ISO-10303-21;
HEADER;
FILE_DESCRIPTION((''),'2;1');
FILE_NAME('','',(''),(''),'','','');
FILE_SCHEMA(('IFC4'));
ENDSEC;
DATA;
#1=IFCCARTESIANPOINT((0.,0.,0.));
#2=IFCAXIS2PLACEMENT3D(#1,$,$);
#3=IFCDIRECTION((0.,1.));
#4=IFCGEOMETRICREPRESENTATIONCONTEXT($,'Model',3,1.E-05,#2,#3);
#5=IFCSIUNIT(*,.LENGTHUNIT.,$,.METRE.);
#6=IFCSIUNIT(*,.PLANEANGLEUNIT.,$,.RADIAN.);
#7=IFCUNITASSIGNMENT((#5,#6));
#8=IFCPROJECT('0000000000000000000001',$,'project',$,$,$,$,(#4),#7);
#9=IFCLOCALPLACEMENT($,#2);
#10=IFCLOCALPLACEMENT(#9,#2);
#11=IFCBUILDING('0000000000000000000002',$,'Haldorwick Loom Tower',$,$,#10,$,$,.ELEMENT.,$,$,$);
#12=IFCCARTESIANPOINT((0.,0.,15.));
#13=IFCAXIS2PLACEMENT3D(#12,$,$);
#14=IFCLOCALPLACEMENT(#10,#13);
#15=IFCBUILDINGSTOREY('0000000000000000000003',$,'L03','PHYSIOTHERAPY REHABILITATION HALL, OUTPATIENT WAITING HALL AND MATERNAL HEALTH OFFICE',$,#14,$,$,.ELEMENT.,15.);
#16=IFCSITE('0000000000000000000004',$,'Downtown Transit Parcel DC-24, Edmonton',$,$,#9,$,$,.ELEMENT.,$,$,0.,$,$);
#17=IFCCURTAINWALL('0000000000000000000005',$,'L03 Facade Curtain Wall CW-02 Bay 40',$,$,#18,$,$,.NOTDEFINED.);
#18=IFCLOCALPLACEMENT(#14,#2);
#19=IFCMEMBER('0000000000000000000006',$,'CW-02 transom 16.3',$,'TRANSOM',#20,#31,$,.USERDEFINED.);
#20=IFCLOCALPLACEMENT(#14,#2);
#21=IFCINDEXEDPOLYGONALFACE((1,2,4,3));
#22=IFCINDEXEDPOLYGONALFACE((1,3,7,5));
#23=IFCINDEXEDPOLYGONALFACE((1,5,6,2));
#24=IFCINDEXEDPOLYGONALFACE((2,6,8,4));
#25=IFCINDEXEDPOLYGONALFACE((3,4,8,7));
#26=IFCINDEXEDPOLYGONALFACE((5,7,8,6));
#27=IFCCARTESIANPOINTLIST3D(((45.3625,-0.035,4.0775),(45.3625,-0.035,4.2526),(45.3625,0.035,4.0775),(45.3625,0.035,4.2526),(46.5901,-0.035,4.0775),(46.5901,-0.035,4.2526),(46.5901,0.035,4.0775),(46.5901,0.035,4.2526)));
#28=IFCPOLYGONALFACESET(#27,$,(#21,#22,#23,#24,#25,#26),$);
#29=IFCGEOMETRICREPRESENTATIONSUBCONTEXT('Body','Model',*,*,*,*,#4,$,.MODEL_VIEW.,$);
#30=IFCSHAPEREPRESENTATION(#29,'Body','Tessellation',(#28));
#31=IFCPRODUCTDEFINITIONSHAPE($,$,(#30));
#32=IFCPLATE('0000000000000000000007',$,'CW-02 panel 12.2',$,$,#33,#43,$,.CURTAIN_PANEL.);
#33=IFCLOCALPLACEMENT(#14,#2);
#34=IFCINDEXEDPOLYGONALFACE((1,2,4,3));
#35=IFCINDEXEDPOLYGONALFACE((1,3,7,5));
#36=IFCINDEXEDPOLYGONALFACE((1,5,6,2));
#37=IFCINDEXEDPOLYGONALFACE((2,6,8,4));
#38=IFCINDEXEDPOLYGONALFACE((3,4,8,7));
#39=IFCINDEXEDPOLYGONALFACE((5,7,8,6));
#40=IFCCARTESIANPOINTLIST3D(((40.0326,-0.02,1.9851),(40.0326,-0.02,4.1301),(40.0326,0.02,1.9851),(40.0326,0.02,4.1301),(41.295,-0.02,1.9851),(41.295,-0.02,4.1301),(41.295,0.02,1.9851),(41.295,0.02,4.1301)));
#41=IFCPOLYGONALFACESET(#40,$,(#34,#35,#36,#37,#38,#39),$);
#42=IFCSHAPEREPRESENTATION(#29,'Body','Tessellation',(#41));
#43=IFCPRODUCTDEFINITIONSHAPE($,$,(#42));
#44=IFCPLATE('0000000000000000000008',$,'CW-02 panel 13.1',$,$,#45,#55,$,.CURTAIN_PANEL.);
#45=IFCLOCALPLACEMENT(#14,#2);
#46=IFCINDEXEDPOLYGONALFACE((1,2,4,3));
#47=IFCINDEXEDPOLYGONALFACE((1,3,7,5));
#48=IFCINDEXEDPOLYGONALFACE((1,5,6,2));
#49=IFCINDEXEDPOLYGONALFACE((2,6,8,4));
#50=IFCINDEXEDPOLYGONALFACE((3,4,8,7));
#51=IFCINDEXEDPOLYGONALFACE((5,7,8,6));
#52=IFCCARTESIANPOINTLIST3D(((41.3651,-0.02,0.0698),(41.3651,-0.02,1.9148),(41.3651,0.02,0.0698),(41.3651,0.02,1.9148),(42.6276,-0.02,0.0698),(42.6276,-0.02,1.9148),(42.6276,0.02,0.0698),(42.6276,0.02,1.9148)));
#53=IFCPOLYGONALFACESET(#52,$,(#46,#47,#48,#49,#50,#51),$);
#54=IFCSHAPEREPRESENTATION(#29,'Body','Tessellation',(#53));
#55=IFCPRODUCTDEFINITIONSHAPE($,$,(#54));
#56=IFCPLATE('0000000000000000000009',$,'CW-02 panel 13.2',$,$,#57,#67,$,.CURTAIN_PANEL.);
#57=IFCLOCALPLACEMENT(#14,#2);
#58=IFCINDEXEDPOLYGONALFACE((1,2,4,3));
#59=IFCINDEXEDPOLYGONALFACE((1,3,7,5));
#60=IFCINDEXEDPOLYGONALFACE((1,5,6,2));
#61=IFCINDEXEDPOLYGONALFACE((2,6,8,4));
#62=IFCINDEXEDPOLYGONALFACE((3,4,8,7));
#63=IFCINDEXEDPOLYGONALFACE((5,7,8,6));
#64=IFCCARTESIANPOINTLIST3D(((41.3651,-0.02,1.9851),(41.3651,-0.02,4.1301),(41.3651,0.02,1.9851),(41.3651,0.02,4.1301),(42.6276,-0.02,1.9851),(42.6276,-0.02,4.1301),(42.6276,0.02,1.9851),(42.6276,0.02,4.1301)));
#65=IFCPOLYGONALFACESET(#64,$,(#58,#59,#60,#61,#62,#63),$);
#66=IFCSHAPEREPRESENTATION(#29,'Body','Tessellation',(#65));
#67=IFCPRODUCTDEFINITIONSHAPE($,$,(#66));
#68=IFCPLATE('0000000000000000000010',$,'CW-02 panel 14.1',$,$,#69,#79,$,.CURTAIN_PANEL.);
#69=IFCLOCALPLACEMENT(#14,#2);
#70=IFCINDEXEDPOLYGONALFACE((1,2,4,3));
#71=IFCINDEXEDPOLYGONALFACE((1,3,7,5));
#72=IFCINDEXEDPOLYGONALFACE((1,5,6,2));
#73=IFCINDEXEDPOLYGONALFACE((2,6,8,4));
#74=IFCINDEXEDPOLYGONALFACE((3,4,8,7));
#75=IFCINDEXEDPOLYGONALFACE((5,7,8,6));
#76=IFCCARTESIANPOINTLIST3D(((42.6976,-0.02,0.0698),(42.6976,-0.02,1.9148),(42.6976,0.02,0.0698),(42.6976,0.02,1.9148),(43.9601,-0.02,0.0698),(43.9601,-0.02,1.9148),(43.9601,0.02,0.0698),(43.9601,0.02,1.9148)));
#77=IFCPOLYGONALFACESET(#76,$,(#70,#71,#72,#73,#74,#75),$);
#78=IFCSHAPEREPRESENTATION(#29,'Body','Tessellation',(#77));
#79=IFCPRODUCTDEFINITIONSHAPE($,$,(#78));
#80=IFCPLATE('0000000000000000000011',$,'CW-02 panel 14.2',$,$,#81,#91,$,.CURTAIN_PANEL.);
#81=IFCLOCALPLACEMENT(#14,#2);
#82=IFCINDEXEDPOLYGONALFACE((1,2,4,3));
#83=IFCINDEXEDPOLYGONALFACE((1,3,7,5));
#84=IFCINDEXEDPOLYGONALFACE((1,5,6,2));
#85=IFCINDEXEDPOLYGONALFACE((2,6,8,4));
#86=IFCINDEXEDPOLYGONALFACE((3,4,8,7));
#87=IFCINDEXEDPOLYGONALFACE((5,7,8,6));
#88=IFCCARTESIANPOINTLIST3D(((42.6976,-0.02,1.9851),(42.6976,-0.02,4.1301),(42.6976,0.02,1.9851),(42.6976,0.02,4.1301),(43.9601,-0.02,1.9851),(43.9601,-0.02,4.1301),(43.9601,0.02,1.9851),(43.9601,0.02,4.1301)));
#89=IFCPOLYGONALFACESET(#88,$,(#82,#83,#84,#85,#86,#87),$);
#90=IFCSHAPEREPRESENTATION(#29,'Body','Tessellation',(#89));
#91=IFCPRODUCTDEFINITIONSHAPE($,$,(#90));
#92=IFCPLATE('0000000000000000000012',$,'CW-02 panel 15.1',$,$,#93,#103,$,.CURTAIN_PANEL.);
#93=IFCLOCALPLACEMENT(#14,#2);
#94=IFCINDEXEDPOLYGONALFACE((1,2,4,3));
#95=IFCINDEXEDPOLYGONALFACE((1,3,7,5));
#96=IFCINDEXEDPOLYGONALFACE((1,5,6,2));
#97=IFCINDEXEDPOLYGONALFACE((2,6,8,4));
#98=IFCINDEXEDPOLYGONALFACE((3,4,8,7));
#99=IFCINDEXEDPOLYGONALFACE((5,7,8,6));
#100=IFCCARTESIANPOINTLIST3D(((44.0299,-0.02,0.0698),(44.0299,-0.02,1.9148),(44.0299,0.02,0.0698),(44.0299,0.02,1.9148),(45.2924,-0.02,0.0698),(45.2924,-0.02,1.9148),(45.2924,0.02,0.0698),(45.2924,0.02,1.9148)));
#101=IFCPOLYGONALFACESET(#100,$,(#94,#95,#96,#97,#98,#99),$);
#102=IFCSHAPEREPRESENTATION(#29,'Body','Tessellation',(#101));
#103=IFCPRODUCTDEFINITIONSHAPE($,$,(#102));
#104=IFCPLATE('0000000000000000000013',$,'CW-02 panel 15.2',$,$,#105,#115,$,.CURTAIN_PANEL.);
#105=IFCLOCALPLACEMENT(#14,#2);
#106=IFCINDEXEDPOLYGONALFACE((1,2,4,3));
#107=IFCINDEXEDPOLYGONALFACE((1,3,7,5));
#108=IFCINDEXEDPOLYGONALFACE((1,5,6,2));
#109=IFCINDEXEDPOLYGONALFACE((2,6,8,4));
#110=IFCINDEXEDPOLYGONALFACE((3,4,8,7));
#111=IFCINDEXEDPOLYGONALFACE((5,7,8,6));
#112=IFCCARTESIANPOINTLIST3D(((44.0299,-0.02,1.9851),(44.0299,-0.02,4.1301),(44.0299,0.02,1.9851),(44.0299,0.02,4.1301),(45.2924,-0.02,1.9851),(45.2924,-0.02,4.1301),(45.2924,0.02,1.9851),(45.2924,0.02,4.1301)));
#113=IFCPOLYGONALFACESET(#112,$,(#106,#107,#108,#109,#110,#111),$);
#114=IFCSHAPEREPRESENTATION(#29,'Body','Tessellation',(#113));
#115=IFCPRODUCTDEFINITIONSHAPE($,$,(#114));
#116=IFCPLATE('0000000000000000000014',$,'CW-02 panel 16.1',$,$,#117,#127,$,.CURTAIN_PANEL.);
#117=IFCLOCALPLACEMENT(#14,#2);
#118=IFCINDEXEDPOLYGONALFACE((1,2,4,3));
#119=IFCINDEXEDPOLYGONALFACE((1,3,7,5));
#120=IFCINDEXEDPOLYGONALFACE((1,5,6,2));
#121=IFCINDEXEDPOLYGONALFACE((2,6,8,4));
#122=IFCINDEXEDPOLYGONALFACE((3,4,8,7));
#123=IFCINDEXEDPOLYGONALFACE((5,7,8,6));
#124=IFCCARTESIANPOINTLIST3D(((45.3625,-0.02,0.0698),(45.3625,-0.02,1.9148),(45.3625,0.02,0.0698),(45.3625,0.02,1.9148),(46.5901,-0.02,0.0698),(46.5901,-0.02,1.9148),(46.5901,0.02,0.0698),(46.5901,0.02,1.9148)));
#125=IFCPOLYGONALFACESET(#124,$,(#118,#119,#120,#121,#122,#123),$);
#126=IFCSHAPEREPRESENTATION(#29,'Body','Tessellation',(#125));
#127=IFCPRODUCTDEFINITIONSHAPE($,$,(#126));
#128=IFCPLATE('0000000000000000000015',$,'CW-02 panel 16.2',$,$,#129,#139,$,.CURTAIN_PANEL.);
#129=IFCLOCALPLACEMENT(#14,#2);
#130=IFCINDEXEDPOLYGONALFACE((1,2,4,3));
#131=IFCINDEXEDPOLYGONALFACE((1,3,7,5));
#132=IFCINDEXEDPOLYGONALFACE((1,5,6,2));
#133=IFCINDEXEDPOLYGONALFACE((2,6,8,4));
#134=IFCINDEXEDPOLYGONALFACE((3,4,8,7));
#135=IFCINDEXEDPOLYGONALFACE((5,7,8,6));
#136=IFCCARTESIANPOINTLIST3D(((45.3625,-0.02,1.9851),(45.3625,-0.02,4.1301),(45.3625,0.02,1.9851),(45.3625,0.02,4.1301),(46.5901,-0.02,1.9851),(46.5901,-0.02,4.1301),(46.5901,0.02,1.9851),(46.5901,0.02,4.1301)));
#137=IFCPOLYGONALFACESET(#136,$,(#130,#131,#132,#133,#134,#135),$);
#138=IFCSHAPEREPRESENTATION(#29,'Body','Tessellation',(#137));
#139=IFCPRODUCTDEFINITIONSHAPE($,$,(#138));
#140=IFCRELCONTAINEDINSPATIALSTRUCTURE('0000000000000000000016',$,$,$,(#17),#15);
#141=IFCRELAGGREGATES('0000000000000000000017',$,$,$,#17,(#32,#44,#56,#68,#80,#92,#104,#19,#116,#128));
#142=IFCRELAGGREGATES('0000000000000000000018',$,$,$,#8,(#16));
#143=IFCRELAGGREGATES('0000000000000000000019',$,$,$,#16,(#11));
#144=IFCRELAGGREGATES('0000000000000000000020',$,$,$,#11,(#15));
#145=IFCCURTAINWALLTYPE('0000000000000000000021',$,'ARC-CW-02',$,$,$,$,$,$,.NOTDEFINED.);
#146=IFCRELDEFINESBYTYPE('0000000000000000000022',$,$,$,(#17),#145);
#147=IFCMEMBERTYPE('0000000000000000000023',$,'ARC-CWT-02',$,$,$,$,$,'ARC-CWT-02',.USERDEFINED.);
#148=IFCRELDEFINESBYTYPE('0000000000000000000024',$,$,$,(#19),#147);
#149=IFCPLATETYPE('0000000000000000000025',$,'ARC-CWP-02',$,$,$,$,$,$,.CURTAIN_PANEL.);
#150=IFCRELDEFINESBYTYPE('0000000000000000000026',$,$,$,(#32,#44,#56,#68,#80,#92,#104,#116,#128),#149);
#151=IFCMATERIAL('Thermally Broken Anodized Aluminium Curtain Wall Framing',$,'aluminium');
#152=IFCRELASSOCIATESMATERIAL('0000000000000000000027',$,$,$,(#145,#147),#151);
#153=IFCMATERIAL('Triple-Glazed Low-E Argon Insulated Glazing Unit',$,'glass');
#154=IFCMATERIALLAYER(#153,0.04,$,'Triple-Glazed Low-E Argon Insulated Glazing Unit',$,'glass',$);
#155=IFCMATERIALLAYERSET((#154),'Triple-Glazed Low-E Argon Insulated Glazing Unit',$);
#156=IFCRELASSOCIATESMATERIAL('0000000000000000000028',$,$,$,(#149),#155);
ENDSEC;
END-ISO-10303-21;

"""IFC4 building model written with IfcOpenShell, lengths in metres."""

from ifc_helpers import new_model, si_unit, direction, frame, origin, origin_2d, place, context, subcontext, project, spatial, rectangle, extrude, material, layer, layer_set, material_profile, profile_set, type_object, element, aggregate, save


model = new_model("IFC4")

# Units and contexts
model_context = context("Model", 3, precision=1e-05, world=origin(), true_north=direction((0.0, 1.0)))
body_context = subcontext(model_context, "Body", "Model", "MODEL_VIEW")
ifc_project = project(units=[si_unit("LENGTHUNIT", "METRE"), si_unit("PLANEANGLEUNIT", "RADIAN")], contexts=[model_context])

# Site, building, storey
site_placement = place(None, origin())
site = spatial("IfcSite", under=ifc_project, at=site_placement, Name="Downtown Transit Parcel DC-24, Edmonton", CompositionType="ELEMENT", RefElevation=0.0)
building_placement = place(site_placement, origin())
building = spatial("IfcBuilding", under=site, at=building_placement, Name="Haldorwick Loom Tower", CompositionType="ELEMENT")
storey_placement = place(building_placement, frame((0.0, 0.0, 15.0)))
storey = spatial("IfcBuildingStorey", under=building, at=storey_placement, Name="L03", Description="PHYSIOTHERAPY REHABILITATION HALL, OUTPATIENT WAITING HALL AND MATERNAL HEALTH OFFICE", CompositionType="ELEMENT", Elevation=15.0)

# Curtain wall, member, plates
ifc_material_1 = material(Name="Thermally Broken Anodized Aluminium Curtain Wall Framing", Category="aluminium")
curtain_wall_type = type_object("IfcCurtainWallType", Name="ARC-CW-02", PredefinedType="NOTDEFINED", material=ifc_material_1)
curtain_wall_placement = place(storey_placement, origin())
curtain_wall = element("IfcCurtainWall", 1, at=curtain_wall_placement, inside=storey, type_object=curtain_wall_type, Name="L03 Facade Curtain Wall CW-02 Bay 40", PredefinedType="NOTDEFINED")
ifc_material_profile_1 = material_profile(ifc_material_1, rectangle(XDim=0.0701, YDim=0.175, at=origin_2d()), Name="ALU_TRN_70X175", Category="aluminium")
ifc_profile_set_1 = profile_set([ifc_material_profile_1], Name="Thermally Broken Anodized Aluminium Curtain Wall Framing")
member_type_1 = type_object("IfcMemberType", Name="ARC-CWT-02", ElementType="ARC-CWT-02", PredefinedType="USERDEFINED", material=ifc_profile_set_1)
member_1_placement = place(storey_placement, frame((45.3625, 0.0, 4.165), z_axis=(1.0, 0.0, 0.0), x_axis=(0.0, 1.0, 0.0)))
member_1 = element("IfcMember", 2, at=member_1_placement, type_object=member_type_1, Name="CW-02 transom 16.3", ObjectType="TRANSOM", PredefinedType="USERDEFINED", context=body_context, shape_type="SweptSolid", body=[
    extrude(rectangle(XDim=0.0701, YDim=0.175, at=origin_2d()), origin(), (0.0, 0.0, 1.0), 1.2275),
])
ifc_material_2 = material(Name="Triple-Glazed Low-E Argon Insulated Glazing Unit", Category="glass")
ifc_layer = layer(ifc_material_2, 0.04, Name="Triple-Glazed Low-E Argon Insulated Glazing Unit", Category="glass")
ifc_layer_set = layer_set([ifc_layer], Name="Triple-Glazed Low-E Argon Insulated Glazing Unit")
plate_type = type_object("IfcPlateType", Name="ARC-CWP-02", PredefinedType="CURTAIN_PANEL", material=ifc_layer_set)
plate_1_placement = place(storey_placement, frame((40.6638, 0.0, 1.9851), z_axis=(0.0, 0.0, 1.0), x_axis=(1.0, 0.0, 0.0)))
plate_1 = element("IfcPlate", 3, at=plate_1_placement, type_object=plate_type, Name="CW-02 panel 12.2", PredefinedType="CURTAIN_PANEL", context=body_context, shape_type="SweptSolid", body=[
    extrude(rectangle(XDim=1.2625, YDim=0.04, at=origin_2d()), origin(), (0.0, 0.0, 1.0), 2.145),
])
plate_2_placement = place(storey_placement, frame((41.9963, 0.0, 0.0698), z_axis=(0.0, 0.0, 1.0), x_axis=(1.0, 0.0, 0.0)))
plate_2 = element("IfcPlate", 4, at=plate_2_placement, type_object=plate_type, Name="CW-02 panel 13.1", PredefinedType="CURTAIN_PANEL", context=body_context, shape_type="SweptSolid", body=[
    extrude(rectangle(XDim=1.2625, YDim=0.04, at=origin_2d()), origin(), (0.0, 0.0, 1.0), 1.845),
])
plate_3_placement = place(storey_placement, frame((41.9963, 0.0, 1.9851), z_axis=(0.0, 0.0, 1.0), x_axis=(1.0, 0.0, 0.0)))
plate_3 = element("IfcPlate", 5, at=plate_3_placement, type_object=plate_type, Name="CW-02 panel 13.2", PredefinedType="CURTAIN_PANEL", context=body_context, shape_type="SweptSolid", body=[
    extrude(rectangle(XDim=1.2625, YDim=0.04, at=origin_2d()), origin(), (0.0, 0.0, 1.0), 2.145),
])
plate_4_placement = place(storey_placement, frame((43.3289, 0.0, 0.0698), z_axis=(0.0, 0.0, 1.0), x_axis=(1.0, 0.0, 0.0)))
plate_4 = element("IfcPlate", 6, at=plate_4_placement, type_object=plate_type, Name="CW-02 panel 14.1", PredefinedType="CURTAIN_PANEL", context=body_context, shape_type="SweptSolid", body=[
    extrude(rectangle(XDim=1.2625, YDim=0.04, at=origin_2d()), origin(), (0.0, 0.0, 1.0), 1.845),
])
plate_5_placement = place(storey_placement, frame((43.3289, 0.0, 1.9851), z_axis=(0.0, 0.0, 1.0), x_axis=(1.0, 0.0, 0.0)))
plate_5 = element("IfcPlate", 7, at=plate_5_placement, type_object=plate_type, Name="CW-02 panel 14.2", PredefinedType="CURTAIN_PANEL", context=body_context, shape_type="SweptSolid", body=[
    extrude(rectangle(XDim=1.2625, YDim=0.04, at=origin_2d()), origin(), (0.0, 0.0, 1.0), 2.145),
])
plate_6_placement = place(storey_placement, frame((44.6611, 0.0, 0.0698), z_axis=(0.0, 0.0, 1.0), x_axis=(1.0, 0.0, 0.0)))
plate_6 = element("IfcPlate", 8, at=plate_6_placement, type_object=plate_type, Name="CW-02 panel 15.1", PredefinedType="CURTAIN_PANEL", context=body_context, shape_type="SweptSolid", body=[
    extrude(rectangle(XDim=1.2625, YDim=0.04, at=origin_2d()), origin(), (0.0, 0.0, 1.0), 1.845),
])
plate_7_placement = place(storey_placement, frame((44.6611, 0.0, 1.9851), z_axis=(0.0, 0.0, 1.0), x_axis=(1.0, 0.0, 0.0)))
plate_7 = element("IfcPlate", 9, at=plate_7_placement, type_object=plate_type, Name="CW-02 panel 15.2", PredefinedType="CURTAIN_PANEL", context=body_context, shape_type="SweptSolid", body=[
    extrude(rectangle(XDim=1.2625, YDim=0.04, at=origin_2d()), origin(), (0.0, 0.0, 1.0), 2.145),
])
plate_8_placement = place(storey_placement, frame((45.9763, 0.0, 0.0698), z_axis=(0.0, 0.0, 1.0), x_axis=(1.0, 0.0, 0.0)))
plate_8 = element("IfcPlate", 10, at=plate_8_placement, type_object=plate_type, Name="CW-02 panel 16.1", PredefinedType="CURTAIN_PANEL", context=body_context, shape_type="SweptSolid", body=[
    extrude(rectangle(XDim=1.2275, YDim=0.04, at=origin_2d()), origin(), (0.0, 0.0, 1.0), 1.845),
])
plate_9_placement = place(storey_placement, frame((45.9763, 0.0, 1.9851), z_axis=(0.0, 0.0, 1.0), x_axis=(1.0, 0.0, 0.0)))
plate_9 = element("IfcPlate", 11, at=plate_9_placement, type_object=plate_type, Name="CW-02 panel 16.2", PredefinedType="CURTAIN_PANEL", context=body_context, shape_type="SweptSolid", body=[
    extrude(rectangle(XDim=1.2275, YDim=0.04, at=origin_2d()), origin(), (0.0, 0.0, 1.0), 2.145),
])
aggregate(curtain_wall, [plate_1, plate_2, plate_3, plate_4, plate_5, plate_6, plate_7, member_1, plate_8, plate_9])

save(model, "model.ifc")
